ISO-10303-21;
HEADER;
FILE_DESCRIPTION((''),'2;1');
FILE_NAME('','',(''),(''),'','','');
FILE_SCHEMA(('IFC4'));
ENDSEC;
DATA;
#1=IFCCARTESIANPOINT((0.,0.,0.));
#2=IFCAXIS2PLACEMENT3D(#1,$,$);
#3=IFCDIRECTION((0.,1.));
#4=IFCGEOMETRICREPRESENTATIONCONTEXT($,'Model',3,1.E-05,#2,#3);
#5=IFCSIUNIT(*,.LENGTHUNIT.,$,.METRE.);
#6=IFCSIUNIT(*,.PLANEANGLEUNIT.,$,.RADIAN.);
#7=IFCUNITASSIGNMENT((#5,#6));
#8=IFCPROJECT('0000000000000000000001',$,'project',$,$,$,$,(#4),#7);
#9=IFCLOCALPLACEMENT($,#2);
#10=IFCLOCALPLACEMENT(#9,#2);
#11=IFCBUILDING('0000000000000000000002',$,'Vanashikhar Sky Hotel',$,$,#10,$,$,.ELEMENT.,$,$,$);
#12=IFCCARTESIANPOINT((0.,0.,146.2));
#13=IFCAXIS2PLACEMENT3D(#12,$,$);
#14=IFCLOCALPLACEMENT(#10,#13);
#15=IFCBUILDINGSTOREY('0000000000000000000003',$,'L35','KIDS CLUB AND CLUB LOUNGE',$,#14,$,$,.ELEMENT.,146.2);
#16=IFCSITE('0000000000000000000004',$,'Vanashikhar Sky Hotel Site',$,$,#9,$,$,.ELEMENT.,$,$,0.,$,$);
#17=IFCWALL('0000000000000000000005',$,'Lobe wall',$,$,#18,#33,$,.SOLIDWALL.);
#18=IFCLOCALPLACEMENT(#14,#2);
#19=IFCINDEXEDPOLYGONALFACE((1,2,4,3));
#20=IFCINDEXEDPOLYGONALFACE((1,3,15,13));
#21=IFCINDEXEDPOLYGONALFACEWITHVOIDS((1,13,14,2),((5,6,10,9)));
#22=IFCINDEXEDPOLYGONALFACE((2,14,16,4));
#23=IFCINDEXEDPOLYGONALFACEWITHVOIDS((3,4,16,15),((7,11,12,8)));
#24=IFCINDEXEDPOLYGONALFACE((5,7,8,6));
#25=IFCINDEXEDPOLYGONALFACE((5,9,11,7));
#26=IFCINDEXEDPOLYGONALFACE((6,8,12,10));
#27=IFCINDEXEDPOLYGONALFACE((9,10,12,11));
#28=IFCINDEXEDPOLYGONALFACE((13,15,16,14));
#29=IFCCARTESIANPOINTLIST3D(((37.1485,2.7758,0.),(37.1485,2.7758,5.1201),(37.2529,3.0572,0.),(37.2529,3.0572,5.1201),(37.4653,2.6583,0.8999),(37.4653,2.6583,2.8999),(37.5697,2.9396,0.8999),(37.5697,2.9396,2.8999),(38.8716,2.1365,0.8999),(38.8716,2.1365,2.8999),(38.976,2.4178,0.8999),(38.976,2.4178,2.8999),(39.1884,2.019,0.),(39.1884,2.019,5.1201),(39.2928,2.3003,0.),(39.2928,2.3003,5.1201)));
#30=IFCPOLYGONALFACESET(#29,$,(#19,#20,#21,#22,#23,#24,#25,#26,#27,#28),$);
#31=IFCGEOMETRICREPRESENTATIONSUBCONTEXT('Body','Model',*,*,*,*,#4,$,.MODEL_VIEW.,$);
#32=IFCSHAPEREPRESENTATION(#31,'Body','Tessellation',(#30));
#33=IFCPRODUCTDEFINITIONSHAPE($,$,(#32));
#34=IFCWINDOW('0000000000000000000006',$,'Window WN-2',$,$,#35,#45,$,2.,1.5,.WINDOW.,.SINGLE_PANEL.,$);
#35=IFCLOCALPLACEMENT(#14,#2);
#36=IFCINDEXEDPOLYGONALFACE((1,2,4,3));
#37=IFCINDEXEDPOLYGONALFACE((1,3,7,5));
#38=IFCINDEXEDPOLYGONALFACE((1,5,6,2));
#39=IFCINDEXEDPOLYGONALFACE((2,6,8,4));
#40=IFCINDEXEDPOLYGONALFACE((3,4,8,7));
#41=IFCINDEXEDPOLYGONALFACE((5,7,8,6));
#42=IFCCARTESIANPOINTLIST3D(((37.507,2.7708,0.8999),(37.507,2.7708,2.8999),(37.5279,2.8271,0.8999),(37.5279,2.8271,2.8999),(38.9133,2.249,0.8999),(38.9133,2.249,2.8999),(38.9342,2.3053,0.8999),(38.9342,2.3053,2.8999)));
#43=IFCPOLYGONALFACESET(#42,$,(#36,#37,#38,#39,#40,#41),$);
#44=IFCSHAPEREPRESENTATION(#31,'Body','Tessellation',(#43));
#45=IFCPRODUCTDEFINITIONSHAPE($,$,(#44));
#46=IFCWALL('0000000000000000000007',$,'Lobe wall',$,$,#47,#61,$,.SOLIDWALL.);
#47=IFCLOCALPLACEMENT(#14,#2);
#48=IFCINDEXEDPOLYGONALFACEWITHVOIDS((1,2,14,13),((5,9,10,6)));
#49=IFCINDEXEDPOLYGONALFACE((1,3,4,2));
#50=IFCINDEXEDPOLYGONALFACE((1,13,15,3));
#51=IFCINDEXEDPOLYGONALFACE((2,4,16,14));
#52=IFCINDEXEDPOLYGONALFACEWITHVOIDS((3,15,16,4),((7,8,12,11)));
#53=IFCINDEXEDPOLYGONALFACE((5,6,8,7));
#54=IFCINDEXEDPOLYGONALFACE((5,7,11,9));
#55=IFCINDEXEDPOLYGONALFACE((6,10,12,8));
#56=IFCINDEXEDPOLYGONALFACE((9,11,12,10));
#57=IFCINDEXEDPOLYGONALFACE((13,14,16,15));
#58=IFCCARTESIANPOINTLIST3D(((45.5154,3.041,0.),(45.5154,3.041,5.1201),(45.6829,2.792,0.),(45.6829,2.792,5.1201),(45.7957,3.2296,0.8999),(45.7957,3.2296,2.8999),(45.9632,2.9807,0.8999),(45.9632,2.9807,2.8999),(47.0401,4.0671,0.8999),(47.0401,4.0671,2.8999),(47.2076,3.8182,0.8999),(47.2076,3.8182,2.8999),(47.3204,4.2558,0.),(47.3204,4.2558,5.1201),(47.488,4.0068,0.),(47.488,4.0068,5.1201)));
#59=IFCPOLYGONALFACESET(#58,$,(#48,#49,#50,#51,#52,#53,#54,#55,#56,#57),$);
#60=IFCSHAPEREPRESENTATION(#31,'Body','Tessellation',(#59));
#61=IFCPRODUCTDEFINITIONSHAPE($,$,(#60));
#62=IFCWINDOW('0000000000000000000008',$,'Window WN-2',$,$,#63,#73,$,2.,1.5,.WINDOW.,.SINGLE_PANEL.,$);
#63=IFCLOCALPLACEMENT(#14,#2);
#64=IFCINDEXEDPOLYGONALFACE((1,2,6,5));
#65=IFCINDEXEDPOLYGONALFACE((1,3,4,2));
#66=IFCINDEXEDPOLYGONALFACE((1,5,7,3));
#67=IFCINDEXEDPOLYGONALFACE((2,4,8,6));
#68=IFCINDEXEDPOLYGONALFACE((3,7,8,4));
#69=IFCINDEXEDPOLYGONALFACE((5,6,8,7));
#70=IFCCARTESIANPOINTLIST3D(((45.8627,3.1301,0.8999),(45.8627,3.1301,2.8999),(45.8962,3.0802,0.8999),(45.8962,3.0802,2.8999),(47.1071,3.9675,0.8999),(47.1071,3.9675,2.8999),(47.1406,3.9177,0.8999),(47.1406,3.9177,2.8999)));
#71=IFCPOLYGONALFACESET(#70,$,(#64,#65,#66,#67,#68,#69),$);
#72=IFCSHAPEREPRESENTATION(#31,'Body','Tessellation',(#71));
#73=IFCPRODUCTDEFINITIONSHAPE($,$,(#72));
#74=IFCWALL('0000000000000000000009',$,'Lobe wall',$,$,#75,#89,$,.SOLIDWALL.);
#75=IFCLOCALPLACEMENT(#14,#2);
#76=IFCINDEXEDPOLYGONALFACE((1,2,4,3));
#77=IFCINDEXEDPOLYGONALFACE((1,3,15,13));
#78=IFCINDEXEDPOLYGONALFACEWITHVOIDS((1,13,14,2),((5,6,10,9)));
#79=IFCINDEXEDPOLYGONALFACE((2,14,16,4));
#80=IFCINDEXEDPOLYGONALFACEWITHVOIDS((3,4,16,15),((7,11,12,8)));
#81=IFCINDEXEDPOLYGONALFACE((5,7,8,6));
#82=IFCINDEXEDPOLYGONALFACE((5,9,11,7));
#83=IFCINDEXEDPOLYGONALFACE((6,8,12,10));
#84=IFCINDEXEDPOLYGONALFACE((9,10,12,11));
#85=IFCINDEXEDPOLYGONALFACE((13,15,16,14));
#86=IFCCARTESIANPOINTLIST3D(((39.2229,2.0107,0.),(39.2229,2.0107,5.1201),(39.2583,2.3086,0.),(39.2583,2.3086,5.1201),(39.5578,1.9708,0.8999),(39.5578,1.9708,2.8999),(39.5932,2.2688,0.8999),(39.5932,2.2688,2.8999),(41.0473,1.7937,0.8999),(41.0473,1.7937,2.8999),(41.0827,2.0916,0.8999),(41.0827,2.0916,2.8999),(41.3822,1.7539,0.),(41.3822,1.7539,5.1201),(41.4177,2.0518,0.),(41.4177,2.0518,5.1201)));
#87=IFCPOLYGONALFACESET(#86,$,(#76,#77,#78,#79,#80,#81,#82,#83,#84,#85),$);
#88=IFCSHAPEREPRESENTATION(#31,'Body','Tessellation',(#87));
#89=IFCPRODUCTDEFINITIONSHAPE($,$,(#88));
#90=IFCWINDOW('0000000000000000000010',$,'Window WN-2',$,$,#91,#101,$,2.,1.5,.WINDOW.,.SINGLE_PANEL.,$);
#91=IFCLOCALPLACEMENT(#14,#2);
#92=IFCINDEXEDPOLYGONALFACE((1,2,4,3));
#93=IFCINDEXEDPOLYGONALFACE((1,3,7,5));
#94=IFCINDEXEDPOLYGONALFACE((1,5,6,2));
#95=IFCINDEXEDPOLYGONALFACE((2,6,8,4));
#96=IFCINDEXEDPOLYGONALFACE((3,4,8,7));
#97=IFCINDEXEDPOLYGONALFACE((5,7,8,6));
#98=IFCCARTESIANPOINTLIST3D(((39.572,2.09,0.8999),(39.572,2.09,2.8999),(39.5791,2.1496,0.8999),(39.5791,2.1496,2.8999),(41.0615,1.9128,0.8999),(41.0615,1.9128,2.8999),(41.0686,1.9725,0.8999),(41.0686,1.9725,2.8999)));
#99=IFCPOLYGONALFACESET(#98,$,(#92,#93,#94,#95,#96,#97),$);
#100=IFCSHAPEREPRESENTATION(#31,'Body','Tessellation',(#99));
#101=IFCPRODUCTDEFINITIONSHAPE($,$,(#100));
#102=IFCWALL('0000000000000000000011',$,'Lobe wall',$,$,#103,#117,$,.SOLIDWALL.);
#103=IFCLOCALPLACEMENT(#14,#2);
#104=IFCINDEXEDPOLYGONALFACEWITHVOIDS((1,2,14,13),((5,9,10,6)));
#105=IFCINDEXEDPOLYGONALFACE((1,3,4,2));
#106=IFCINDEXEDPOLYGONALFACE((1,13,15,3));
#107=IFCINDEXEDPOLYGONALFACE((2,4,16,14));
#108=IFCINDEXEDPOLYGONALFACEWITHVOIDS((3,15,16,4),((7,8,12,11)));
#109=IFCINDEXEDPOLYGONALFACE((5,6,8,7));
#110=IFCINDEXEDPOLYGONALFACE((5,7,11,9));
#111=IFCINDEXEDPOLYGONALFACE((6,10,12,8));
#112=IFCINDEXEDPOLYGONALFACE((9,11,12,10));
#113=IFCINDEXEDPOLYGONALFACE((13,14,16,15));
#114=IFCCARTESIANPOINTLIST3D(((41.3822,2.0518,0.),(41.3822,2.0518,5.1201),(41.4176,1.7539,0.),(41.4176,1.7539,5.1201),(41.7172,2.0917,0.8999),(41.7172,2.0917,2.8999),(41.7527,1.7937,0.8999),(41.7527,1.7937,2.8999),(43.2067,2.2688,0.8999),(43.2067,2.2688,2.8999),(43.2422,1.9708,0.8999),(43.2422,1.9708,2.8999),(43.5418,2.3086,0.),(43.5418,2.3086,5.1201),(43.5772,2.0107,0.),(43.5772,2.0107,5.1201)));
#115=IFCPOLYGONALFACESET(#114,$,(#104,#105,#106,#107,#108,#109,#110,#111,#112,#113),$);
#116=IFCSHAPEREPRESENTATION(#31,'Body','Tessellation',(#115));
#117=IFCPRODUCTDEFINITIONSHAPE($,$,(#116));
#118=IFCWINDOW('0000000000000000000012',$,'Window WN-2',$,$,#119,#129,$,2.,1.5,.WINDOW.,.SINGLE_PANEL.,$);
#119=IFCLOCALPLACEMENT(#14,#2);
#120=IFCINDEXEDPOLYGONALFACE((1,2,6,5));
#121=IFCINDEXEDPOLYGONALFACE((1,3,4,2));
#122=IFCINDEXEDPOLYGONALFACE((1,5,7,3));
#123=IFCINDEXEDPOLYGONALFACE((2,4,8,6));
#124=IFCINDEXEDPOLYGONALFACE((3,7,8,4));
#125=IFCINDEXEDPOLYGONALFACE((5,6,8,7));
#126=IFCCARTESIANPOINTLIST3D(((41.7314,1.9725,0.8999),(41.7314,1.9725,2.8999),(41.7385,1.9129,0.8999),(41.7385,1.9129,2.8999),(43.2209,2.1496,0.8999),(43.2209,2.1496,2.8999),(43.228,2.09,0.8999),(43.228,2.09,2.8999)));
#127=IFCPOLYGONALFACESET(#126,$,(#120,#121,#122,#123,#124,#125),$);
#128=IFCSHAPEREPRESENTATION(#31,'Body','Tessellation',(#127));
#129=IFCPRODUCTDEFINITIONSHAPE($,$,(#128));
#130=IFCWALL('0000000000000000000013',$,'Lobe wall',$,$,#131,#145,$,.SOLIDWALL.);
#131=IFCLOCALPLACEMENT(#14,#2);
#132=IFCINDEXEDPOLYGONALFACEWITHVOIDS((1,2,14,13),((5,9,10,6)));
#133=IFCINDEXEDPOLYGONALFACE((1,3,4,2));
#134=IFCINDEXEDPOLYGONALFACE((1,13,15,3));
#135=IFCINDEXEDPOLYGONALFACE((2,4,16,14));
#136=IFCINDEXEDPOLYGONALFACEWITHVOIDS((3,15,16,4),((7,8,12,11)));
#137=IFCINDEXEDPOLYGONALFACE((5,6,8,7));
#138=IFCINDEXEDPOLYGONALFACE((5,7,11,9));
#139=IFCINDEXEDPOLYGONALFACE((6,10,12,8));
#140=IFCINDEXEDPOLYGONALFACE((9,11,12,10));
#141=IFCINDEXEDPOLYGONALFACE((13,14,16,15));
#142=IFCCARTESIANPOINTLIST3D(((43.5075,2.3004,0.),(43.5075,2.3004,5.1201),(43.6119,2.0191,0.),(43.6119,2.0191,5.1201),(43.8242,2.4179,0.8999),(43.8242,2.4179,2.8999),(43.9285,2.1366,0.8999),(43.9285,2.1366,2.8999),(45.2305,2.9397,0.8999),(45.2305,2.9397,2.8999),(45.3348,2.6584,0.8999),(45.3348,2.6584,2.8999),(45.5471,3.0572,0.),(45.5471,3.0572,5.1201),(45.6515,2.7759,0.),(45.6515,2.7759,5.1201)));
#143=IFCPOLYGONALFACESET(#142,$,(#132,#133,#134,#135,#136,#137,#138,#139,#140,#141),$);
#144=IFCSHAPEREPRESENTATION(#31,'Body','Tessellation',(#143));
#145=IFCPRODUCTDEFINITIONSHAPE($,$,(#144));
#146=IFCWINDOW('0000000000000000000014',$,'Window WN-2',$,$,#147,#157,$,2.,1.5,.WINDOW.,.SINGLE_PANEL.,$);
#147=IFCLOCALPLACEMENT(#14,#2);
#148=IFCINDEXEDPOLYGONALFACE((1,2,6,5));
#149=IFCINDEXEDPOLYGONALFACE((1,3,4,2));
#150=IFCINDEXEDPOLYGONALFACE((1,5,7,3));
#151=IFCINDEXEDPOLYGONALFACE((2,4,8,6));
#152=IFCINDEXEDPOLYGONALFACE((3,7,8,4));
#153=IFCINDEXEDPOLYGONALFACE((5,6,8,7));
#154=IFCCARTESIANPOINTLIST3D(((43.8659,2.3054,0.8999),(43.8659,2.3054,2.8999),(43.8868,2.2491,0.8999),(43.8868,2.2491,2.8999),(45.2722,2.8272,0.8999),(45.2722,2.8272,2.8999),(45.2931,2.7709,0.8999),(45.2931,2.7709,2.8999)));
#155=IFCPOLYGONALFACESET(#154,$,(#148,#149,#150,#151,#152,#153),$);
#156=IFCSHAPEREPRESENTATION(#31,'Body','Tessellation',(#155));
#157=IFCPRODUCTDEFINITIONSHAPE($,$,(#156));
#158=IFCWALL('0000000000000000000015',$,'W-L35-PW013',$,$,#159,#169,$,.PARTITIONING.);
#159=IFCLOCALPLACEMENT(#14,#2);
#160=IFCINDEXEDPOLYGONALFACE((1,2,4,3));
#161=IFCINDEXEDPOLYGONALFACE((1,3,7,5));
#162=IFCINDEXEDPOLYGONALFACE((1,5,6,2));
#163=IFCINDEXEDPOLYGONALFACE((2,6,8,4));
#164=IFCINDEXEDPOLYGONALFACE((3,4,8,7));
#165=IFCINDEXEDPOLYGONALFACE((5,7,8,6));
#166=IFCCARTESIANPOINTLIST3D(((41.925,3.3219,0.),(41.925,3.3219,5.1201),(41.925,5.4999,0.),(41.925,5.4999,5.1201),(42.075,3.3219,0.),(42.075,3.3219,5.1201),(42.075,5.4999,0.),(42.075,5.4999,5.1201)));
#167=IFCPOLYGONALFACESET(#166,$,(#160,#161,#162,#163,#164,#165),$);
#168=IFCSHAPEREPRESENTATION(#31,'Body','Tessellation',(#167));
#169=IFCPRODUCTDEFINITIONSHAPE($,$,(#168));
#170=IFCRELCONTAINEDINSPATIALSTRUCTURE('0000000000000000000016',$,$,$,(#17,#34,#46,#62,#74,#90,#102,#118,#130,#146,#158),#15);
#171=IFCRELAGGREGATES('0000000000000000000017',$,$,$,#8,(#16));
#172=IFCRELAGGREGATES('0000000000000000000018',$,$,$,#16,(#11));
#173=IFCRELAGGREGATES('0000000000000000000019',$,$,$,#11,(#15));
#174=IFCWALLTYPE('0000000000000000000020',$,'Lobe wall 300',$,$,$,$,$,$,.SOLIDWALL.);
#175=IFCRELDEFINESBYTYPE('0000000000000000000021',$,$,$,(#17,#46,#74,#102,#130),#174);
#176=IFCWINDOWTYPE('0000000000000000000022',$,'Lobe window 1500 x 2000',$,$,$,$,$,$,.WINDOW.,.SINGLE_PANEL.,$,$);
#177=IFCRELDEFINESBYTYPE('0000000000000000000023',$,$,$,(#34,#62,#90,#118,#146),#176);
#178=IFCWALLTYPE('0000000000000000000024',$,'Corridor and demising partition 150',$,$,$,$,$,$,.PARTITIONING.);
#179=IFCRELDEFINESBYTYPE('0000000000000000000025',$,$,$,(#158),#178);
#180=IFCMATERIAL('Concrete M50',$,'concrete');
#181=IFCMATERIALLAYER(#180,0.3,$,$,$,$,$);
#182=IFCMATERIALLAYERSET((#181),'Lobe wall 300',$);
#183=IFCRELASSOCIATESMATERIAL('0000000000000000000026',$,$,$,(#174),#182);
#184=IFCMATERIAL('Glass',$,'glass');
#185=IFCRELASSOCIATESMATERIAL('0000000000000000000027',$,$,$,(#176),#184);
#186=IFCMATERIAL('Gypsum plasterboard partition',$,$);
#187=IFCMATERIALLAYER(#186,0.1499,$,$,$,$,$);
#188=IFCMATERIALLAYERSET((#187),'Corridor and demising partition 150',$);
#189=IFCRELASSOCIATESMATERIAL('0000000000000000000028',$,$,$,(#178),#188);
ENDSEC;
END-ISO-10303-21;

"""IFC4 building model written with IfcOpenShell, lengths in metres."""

from ifc_helpers import new_model, si_unit, direction, frame, frame_2d, origin, place, context, subcontext, project, spatial, rectangle, extrude, source, transform, mapped, material, layer, layer_set, type_object, element, fill, save


model = new_model("IFC4")

# Units and contexts
model_context = context("Model", 3, precision=1e-05, world=origin(), true_north=direction((0.0, 1.0)))
body_context = subcontext(model_context, "Body", "Model", "MODEL_VIEW")
ifc_project = project(units=[si_unit("LENGTHUNIT", "METRE"), si_unit("PLANEANGLEUNIT", "RADIAN")], contexts=[model_context])

# Site, building, storey
site_placement = place(None, origin())
site = spatial("IfcSite", under=ifc_project, at=site_placement, Name="Vanashikhar Sky Hotel Site", CompositionType="ELEMENT", RefElevation=0.0)
building_placement = place(site_placement, origin())
building = spatial("IfcBuilding", under=site, at=building_placement, Name="Vanashikhar Sky Hotel", CompositionType="ELEMENT")
storey_placement = place(building_placement, frame((0.0, 0.0, 146.2)))
storey = spatial("IfcBuildingStorey", under=building, at=storey_placement, Name="L35", Description="KIDS CLUB AND CLUB LOUNGE", CompositionType="ELEMENT", Elevation=146.2)

# Walls, openings, windows
ifc_material_1 = material(Name="Concrete M50", Category="concrete")
ifc_layer_1 = layer(ifc_material_1, 0.3)
ifc_layer_set_1 = layer_set([ifc_layer_1], Name="Lobe wall 300")
wall_type_1 = type_object("IfcWallType", Name="Lobe wall 300", PredefinedType="SOLIDWALL", material=ifc_layer_set_1)
shared_shape_1 = source(origin(), body_context, "Body", "SweptSolid", [
    extrude(rectangle(XDim=2.1758, YDim=0.3, at=frame_2d((1.0879, 0.0))), origin(), (0.0, 0.0, 1.0), 5.1201),
])
wall_1_placement = place(storey_placement, frame((37.2007, 2.9165, 0.0), z_axis=(0.0, 0.0, 1.0), x_axis=(0.937546, -0.347863, 0.0)))
wall_1 = element("IfcWall", 1, at=wall_1_placement, inside=storey, type_object=wall_type_1, Name="Lobe wall", PredefinedType="SOLIDWALL", context=body_context, shape_type="MappedRepresentation", body=[
    mapped(shared_shape_1, transform((0.0, 0.0, 0.0), scale=1.0)),
])
shared_shape_2 = source(origin(), body_context, "Body", "SweptSolid", [
    extrude(rectangle(XDim=1.5, YDim=2.0, at=frame_2d((0.75, 1.0))), frame((0.0, 0.1602, 0.0), z_axis=(0.0, -1.0, 0.0), x_axis=(1.0, 0.0, 0.0)), (0.0, 0.0, 1.0), 0.3201),
])
opening_1_placement = place(wall_1_placement, frame((0.3379, 0.0, 0.8999)))
opening_1 = element("IfcOpeningElement", 2, at=opening_1_placement, cuts=wall_1, PredefinedType="OPENING", context=body_context, shape_type="MappedRepresentation", body=[
    mapped(shared_shape_2, transform((0.0, 0.0, 0.0), scale=1.0)),
])
ifc_material_2 = material(Name="Glass", Category="glass")
window_type = type_object("IfcWindowType", Name="Lobe window 1500 x 2000", PartitioningType="SINGLE_PANEL", PredefinedType="WINDOW", material=ifc_material_2)
shared_shape_3 = source(origin(), body_context, "Body", "SweptSolid", [
    extrude(rectangle(XDim=1.5, YDim=2.0, at=frame_2d((0.75, 1.0))), frame((0.0, 0.03, 0.0), z_axis=(0.0, -1.0, 0.0), x_axis=(1.0, 0.0, 0.0)), (0.0, 0.0, 1.0), 0.0601),
])
window_1_placement = place(opening_1_placement, origin())
window_1 = element("IfcWindow", 3, at=window_1_placement, inside=storey, type_object=window_type, Name="Window WN-2", OverallHeight=2.0, OverallWidth=1.5, PartitioningType="SINGLE_PANEL", PredefinedType="WINDOW", context=body_context, shape_type="MappedRepresentation", body=[
    mapped(shared_shape_3, transform((0.0, 0.0, 0.0), scale=1.0)),
])
fill(opening_1, window_1)
wall_2_placement = place(storey_placement, frame((45.5991, 2.9165, 0.0), z_axis=(0.0, 0.0, 1.0), x_axis=(0.829626, 0.55832, 0.0)))
wall_2 = element("IfcWall", 4, at=wall_2_placement, inside=storey, type_object=wall_type_1, Name="Lobe wall", PredefinedType="SOLIDWALL", context=body_context, shape_type="MappedRepresentation", body=[
    mapped(shared_shape_1, transform((0.0, 0.0, 0.0), scale=1.0)),
])
opening_2_placement = place(wall_2_placement, frame((0.3379, 0.0, 0.8999)))
opening_2 = element("IfcOpeningElement", 5, at=opening_2_placement, cuts=wall_2, PredefinedType="OPENING", context=body_context, shape_type="MappedRepresentation", body=[
    mapped(shared_shape_2, transform((0.0, 0.0, 0.0), scale=1.0)),
])
window_2_placement = place(opening_2_placement, origin())
window_2 = element("IfcWindow", 6, at=window_2_placement, inside=storey, type_object=window_type, Name="Window WN-2", OverallHeight=2.0, OverallWidth=1.5, PartitioningType="SINGLE_PANEL", PredefinedType="WINDOW", context=body_context, shape_type="MappedRepresentation", body=[
    mapped(shared_shape_3, transform((0.0, 0.0, 0.0), scale=1.0)),
])
fill(opening_2, window_2)
shared_shape_4 = source(origin(), body_context, "Body", "SweptSolid", [
    extrude(rectangle(XDim=2.1746, YDim=0.3, at=frame_2d((1.0874, 0.0))), origin(), (0.0, 0.0, 1.0), 5.1201),
])
wall_3_placement = place(storey_placement, frame((39.2405, 2.1597, 0.0), z_axis=(0.0, 0.0, 1.0), x_axis=(0.993001, -0.118105, 0.0)))
wall_3 = element("IfcWall", 7, at=wall_3_placement, inside=storey, type_object=wall_type_1, Name="Lobe wall", PredefinedType="SOLIDWALL", context=body_context, shape_type="MappedRepresentation", body=[
    mapped(shared_shape_4, transform((0.0, 0.0, 0.0), scale=1.0)),
])
opening_3_placement = place(wall_3_placement, frame((0.3374, 0.0, 0.8999)))
opening_3 = element("IfcOpeningElement", 8, at=opening_3_placement, cuts=wall_3, PredefinedType="OPENING", context=body_context, shape_type="MappedRepresentation", body=[
    mapped(shared_shape_2, transform((0.0, 0.0, 0.0), scale=1.0)),
])
window_3_placement = place(opening_3_placement, origin())
window_3 = element("IfcWindow", 9, at=window_3_placement, inside=storey, type_object=window_type, Name="Window WN-2", OverallHeight=2.0, OverallWidth=1.5, PartitioningType="SINGLE_PANEL", PredefinedType="WINDOW", context=body_context, shape_type="MappedRepresentation", body=[
    mapped(shared_shape_3, transform((0.0, 0.0, 0.0), scale=1.0)),
])
fill(opening_3, window_3)
shared_shape_5 = source(origin(), body_context, "Body", "SweptSolid", [
    extrude(rectangle(XDim=2.1748, YDim=0.3, at=frame_2d((1.0874, 0.0))), origin(), (0.0, 0.0, 1.0), 5.1201),
])
wall_4_placement = place(storey_placement, frame((41.3999, 1.9028, 0.0), z_axis=(0.0, 0.0, 1.0), x_axis=(0.993003, 0.118092, 0.0)))
wall_4 = element("IfcWall", 10, at=wall_4_placement, inside=storey, type_object=wall_type_1, Name="Lobe wall", PredefinedType="SOLIDWALL", context=body_context, shape_type="MappedRepresentation", body=[
    mapped(shared_shape_5, transform((0.0, 0.0, 0.0), scale=1.0)),
])
opening_4_placement = place(wall_4_placement, frame((0.3374, 0.0, 0.8999)))
opening_4 = element("IfcOpeningElement", 11, at=opening_4_placement, cuts=wall_4, PredefinedType="OPENING", context=body_context, shape_type="MappedRepresentation", body=[
    mapped(shared_shape_2, transform((0.0, 0.0, 0.0), scale=1.0)),
])
window_4_placement = place(opening_4_placement, origin())
window_4 = element("IfcWindow", 12, at=window_4_placement, inside=storey, type_object=window_type, Name="Window WN-2", OverallHeight=2.0, OverallWidth=1.5, PartitioningType="SINGLE_PANEL", PredefinedType="WINDOW", context=body_context, shape_type="MappedRepresentation", body=[
    mapped(shared_shape_3, transform((0.0, 0.0, 0.0), scale=1.0)),
])
fill(opening_4, window_4)
shared_shape_6 = source(origin(), body_context, "Body", "SweptSolid", [
    extrude(rectangle(XDim=2.1755, YDim=0.3, at=frame_2d((1.0879, 0.0))), origin(), (0.0, 0.0, 1.0), 5.1201),
])
wall_5_placement = place(storey_placement, frame((43.5596, 2.1597, 0.0), z_axis=(0.0, 0.0, 1.0), x_axis=(0.937532, 0.347899, 0.0)))
wall_5 = element("IfcWall", 13, at=wall_5_placement, inside=storey, type_object=wall_type_1, Name="Lobe wall", PredefinedType="SOLIDWALL", context=body_context, shape_type="MappedRepresentation", body=[
    mapped(shared_shape_6, transform((0.0, 0.0, 0.0), scale=1.0)),
])
opening_5_placement = place(wall_5_placement, frame((0.3379, 0.0, 0.8999)))
opening_5 = element("IfcOpeningElement", 14, at=opening_5_placement, cuts=wall_5, PredefinedType="OPENING", context=body_context, shape_type="MappedRepresentation", body=[
    mapped(shared_shape_2, transform((0.0, 0.0, 0.0), scale=1.0)),
])
window_5_placement = place(opening_5_placement, origin())
window_5 = element("IfcWindow", 15, at=window_5_placement, inside=storey, type_object=window_type, Name="Window WN-2", OverallHeight=2.0, OverallWidth=1.5, PartitioningType="SINGLE_PANEL", PredefinedType="WINDOW", context=body_context, shape_type="MappedRepresentation", body=[
    mapped(shared_shape_3, transform((0.0, 0.0, 0.0), scale=1.0)),
])
fill(opening_5, window_5)

# Wall
ifc_material_3 = material(Name="Gypsum plasterboard partition")
ifc_layer_2 = layer(ifc_material_3, 0.1499)
ifc_layer_set_2 = layer_set([ifc_layer_2], Name="Corridor and demising partition 150")
wall_type_2 = type_object("IfcWallType", Name="Corridor and demising partition 150", PredefinedType="PARTITIONING", material=ifc_layer_set_2)
shared_shape_7 = source(origin(), body_context, "Body", "SweptSolid", [
    extrude(rectangle(XDim=2.178, YDim=0.1499, at=frame_2d((1.0889, 0.0))), origin(), (0.0, 0.0, 1.0), 5.1201),
])
wall_6_placement = place(storey_placement, frame((42.0, 3.322, 0.0), z_axis=(0.0, 0.0, 1.0), x_axis=(0.0, 1.0, 0.0)))
element("IfcWall", 16, at=wall_6_placement, inside=storey, type_object=wall_type_2, Name="W-L35-PW013", PredefinedType="PARTITIONING", context=body_context, shape_type="MappedRepresentation", body=[
    mapped(shared_shape_7, transform((0.0, 0.0, 0.0), scale=1.0)),
])

save(model, "model.ifc")
